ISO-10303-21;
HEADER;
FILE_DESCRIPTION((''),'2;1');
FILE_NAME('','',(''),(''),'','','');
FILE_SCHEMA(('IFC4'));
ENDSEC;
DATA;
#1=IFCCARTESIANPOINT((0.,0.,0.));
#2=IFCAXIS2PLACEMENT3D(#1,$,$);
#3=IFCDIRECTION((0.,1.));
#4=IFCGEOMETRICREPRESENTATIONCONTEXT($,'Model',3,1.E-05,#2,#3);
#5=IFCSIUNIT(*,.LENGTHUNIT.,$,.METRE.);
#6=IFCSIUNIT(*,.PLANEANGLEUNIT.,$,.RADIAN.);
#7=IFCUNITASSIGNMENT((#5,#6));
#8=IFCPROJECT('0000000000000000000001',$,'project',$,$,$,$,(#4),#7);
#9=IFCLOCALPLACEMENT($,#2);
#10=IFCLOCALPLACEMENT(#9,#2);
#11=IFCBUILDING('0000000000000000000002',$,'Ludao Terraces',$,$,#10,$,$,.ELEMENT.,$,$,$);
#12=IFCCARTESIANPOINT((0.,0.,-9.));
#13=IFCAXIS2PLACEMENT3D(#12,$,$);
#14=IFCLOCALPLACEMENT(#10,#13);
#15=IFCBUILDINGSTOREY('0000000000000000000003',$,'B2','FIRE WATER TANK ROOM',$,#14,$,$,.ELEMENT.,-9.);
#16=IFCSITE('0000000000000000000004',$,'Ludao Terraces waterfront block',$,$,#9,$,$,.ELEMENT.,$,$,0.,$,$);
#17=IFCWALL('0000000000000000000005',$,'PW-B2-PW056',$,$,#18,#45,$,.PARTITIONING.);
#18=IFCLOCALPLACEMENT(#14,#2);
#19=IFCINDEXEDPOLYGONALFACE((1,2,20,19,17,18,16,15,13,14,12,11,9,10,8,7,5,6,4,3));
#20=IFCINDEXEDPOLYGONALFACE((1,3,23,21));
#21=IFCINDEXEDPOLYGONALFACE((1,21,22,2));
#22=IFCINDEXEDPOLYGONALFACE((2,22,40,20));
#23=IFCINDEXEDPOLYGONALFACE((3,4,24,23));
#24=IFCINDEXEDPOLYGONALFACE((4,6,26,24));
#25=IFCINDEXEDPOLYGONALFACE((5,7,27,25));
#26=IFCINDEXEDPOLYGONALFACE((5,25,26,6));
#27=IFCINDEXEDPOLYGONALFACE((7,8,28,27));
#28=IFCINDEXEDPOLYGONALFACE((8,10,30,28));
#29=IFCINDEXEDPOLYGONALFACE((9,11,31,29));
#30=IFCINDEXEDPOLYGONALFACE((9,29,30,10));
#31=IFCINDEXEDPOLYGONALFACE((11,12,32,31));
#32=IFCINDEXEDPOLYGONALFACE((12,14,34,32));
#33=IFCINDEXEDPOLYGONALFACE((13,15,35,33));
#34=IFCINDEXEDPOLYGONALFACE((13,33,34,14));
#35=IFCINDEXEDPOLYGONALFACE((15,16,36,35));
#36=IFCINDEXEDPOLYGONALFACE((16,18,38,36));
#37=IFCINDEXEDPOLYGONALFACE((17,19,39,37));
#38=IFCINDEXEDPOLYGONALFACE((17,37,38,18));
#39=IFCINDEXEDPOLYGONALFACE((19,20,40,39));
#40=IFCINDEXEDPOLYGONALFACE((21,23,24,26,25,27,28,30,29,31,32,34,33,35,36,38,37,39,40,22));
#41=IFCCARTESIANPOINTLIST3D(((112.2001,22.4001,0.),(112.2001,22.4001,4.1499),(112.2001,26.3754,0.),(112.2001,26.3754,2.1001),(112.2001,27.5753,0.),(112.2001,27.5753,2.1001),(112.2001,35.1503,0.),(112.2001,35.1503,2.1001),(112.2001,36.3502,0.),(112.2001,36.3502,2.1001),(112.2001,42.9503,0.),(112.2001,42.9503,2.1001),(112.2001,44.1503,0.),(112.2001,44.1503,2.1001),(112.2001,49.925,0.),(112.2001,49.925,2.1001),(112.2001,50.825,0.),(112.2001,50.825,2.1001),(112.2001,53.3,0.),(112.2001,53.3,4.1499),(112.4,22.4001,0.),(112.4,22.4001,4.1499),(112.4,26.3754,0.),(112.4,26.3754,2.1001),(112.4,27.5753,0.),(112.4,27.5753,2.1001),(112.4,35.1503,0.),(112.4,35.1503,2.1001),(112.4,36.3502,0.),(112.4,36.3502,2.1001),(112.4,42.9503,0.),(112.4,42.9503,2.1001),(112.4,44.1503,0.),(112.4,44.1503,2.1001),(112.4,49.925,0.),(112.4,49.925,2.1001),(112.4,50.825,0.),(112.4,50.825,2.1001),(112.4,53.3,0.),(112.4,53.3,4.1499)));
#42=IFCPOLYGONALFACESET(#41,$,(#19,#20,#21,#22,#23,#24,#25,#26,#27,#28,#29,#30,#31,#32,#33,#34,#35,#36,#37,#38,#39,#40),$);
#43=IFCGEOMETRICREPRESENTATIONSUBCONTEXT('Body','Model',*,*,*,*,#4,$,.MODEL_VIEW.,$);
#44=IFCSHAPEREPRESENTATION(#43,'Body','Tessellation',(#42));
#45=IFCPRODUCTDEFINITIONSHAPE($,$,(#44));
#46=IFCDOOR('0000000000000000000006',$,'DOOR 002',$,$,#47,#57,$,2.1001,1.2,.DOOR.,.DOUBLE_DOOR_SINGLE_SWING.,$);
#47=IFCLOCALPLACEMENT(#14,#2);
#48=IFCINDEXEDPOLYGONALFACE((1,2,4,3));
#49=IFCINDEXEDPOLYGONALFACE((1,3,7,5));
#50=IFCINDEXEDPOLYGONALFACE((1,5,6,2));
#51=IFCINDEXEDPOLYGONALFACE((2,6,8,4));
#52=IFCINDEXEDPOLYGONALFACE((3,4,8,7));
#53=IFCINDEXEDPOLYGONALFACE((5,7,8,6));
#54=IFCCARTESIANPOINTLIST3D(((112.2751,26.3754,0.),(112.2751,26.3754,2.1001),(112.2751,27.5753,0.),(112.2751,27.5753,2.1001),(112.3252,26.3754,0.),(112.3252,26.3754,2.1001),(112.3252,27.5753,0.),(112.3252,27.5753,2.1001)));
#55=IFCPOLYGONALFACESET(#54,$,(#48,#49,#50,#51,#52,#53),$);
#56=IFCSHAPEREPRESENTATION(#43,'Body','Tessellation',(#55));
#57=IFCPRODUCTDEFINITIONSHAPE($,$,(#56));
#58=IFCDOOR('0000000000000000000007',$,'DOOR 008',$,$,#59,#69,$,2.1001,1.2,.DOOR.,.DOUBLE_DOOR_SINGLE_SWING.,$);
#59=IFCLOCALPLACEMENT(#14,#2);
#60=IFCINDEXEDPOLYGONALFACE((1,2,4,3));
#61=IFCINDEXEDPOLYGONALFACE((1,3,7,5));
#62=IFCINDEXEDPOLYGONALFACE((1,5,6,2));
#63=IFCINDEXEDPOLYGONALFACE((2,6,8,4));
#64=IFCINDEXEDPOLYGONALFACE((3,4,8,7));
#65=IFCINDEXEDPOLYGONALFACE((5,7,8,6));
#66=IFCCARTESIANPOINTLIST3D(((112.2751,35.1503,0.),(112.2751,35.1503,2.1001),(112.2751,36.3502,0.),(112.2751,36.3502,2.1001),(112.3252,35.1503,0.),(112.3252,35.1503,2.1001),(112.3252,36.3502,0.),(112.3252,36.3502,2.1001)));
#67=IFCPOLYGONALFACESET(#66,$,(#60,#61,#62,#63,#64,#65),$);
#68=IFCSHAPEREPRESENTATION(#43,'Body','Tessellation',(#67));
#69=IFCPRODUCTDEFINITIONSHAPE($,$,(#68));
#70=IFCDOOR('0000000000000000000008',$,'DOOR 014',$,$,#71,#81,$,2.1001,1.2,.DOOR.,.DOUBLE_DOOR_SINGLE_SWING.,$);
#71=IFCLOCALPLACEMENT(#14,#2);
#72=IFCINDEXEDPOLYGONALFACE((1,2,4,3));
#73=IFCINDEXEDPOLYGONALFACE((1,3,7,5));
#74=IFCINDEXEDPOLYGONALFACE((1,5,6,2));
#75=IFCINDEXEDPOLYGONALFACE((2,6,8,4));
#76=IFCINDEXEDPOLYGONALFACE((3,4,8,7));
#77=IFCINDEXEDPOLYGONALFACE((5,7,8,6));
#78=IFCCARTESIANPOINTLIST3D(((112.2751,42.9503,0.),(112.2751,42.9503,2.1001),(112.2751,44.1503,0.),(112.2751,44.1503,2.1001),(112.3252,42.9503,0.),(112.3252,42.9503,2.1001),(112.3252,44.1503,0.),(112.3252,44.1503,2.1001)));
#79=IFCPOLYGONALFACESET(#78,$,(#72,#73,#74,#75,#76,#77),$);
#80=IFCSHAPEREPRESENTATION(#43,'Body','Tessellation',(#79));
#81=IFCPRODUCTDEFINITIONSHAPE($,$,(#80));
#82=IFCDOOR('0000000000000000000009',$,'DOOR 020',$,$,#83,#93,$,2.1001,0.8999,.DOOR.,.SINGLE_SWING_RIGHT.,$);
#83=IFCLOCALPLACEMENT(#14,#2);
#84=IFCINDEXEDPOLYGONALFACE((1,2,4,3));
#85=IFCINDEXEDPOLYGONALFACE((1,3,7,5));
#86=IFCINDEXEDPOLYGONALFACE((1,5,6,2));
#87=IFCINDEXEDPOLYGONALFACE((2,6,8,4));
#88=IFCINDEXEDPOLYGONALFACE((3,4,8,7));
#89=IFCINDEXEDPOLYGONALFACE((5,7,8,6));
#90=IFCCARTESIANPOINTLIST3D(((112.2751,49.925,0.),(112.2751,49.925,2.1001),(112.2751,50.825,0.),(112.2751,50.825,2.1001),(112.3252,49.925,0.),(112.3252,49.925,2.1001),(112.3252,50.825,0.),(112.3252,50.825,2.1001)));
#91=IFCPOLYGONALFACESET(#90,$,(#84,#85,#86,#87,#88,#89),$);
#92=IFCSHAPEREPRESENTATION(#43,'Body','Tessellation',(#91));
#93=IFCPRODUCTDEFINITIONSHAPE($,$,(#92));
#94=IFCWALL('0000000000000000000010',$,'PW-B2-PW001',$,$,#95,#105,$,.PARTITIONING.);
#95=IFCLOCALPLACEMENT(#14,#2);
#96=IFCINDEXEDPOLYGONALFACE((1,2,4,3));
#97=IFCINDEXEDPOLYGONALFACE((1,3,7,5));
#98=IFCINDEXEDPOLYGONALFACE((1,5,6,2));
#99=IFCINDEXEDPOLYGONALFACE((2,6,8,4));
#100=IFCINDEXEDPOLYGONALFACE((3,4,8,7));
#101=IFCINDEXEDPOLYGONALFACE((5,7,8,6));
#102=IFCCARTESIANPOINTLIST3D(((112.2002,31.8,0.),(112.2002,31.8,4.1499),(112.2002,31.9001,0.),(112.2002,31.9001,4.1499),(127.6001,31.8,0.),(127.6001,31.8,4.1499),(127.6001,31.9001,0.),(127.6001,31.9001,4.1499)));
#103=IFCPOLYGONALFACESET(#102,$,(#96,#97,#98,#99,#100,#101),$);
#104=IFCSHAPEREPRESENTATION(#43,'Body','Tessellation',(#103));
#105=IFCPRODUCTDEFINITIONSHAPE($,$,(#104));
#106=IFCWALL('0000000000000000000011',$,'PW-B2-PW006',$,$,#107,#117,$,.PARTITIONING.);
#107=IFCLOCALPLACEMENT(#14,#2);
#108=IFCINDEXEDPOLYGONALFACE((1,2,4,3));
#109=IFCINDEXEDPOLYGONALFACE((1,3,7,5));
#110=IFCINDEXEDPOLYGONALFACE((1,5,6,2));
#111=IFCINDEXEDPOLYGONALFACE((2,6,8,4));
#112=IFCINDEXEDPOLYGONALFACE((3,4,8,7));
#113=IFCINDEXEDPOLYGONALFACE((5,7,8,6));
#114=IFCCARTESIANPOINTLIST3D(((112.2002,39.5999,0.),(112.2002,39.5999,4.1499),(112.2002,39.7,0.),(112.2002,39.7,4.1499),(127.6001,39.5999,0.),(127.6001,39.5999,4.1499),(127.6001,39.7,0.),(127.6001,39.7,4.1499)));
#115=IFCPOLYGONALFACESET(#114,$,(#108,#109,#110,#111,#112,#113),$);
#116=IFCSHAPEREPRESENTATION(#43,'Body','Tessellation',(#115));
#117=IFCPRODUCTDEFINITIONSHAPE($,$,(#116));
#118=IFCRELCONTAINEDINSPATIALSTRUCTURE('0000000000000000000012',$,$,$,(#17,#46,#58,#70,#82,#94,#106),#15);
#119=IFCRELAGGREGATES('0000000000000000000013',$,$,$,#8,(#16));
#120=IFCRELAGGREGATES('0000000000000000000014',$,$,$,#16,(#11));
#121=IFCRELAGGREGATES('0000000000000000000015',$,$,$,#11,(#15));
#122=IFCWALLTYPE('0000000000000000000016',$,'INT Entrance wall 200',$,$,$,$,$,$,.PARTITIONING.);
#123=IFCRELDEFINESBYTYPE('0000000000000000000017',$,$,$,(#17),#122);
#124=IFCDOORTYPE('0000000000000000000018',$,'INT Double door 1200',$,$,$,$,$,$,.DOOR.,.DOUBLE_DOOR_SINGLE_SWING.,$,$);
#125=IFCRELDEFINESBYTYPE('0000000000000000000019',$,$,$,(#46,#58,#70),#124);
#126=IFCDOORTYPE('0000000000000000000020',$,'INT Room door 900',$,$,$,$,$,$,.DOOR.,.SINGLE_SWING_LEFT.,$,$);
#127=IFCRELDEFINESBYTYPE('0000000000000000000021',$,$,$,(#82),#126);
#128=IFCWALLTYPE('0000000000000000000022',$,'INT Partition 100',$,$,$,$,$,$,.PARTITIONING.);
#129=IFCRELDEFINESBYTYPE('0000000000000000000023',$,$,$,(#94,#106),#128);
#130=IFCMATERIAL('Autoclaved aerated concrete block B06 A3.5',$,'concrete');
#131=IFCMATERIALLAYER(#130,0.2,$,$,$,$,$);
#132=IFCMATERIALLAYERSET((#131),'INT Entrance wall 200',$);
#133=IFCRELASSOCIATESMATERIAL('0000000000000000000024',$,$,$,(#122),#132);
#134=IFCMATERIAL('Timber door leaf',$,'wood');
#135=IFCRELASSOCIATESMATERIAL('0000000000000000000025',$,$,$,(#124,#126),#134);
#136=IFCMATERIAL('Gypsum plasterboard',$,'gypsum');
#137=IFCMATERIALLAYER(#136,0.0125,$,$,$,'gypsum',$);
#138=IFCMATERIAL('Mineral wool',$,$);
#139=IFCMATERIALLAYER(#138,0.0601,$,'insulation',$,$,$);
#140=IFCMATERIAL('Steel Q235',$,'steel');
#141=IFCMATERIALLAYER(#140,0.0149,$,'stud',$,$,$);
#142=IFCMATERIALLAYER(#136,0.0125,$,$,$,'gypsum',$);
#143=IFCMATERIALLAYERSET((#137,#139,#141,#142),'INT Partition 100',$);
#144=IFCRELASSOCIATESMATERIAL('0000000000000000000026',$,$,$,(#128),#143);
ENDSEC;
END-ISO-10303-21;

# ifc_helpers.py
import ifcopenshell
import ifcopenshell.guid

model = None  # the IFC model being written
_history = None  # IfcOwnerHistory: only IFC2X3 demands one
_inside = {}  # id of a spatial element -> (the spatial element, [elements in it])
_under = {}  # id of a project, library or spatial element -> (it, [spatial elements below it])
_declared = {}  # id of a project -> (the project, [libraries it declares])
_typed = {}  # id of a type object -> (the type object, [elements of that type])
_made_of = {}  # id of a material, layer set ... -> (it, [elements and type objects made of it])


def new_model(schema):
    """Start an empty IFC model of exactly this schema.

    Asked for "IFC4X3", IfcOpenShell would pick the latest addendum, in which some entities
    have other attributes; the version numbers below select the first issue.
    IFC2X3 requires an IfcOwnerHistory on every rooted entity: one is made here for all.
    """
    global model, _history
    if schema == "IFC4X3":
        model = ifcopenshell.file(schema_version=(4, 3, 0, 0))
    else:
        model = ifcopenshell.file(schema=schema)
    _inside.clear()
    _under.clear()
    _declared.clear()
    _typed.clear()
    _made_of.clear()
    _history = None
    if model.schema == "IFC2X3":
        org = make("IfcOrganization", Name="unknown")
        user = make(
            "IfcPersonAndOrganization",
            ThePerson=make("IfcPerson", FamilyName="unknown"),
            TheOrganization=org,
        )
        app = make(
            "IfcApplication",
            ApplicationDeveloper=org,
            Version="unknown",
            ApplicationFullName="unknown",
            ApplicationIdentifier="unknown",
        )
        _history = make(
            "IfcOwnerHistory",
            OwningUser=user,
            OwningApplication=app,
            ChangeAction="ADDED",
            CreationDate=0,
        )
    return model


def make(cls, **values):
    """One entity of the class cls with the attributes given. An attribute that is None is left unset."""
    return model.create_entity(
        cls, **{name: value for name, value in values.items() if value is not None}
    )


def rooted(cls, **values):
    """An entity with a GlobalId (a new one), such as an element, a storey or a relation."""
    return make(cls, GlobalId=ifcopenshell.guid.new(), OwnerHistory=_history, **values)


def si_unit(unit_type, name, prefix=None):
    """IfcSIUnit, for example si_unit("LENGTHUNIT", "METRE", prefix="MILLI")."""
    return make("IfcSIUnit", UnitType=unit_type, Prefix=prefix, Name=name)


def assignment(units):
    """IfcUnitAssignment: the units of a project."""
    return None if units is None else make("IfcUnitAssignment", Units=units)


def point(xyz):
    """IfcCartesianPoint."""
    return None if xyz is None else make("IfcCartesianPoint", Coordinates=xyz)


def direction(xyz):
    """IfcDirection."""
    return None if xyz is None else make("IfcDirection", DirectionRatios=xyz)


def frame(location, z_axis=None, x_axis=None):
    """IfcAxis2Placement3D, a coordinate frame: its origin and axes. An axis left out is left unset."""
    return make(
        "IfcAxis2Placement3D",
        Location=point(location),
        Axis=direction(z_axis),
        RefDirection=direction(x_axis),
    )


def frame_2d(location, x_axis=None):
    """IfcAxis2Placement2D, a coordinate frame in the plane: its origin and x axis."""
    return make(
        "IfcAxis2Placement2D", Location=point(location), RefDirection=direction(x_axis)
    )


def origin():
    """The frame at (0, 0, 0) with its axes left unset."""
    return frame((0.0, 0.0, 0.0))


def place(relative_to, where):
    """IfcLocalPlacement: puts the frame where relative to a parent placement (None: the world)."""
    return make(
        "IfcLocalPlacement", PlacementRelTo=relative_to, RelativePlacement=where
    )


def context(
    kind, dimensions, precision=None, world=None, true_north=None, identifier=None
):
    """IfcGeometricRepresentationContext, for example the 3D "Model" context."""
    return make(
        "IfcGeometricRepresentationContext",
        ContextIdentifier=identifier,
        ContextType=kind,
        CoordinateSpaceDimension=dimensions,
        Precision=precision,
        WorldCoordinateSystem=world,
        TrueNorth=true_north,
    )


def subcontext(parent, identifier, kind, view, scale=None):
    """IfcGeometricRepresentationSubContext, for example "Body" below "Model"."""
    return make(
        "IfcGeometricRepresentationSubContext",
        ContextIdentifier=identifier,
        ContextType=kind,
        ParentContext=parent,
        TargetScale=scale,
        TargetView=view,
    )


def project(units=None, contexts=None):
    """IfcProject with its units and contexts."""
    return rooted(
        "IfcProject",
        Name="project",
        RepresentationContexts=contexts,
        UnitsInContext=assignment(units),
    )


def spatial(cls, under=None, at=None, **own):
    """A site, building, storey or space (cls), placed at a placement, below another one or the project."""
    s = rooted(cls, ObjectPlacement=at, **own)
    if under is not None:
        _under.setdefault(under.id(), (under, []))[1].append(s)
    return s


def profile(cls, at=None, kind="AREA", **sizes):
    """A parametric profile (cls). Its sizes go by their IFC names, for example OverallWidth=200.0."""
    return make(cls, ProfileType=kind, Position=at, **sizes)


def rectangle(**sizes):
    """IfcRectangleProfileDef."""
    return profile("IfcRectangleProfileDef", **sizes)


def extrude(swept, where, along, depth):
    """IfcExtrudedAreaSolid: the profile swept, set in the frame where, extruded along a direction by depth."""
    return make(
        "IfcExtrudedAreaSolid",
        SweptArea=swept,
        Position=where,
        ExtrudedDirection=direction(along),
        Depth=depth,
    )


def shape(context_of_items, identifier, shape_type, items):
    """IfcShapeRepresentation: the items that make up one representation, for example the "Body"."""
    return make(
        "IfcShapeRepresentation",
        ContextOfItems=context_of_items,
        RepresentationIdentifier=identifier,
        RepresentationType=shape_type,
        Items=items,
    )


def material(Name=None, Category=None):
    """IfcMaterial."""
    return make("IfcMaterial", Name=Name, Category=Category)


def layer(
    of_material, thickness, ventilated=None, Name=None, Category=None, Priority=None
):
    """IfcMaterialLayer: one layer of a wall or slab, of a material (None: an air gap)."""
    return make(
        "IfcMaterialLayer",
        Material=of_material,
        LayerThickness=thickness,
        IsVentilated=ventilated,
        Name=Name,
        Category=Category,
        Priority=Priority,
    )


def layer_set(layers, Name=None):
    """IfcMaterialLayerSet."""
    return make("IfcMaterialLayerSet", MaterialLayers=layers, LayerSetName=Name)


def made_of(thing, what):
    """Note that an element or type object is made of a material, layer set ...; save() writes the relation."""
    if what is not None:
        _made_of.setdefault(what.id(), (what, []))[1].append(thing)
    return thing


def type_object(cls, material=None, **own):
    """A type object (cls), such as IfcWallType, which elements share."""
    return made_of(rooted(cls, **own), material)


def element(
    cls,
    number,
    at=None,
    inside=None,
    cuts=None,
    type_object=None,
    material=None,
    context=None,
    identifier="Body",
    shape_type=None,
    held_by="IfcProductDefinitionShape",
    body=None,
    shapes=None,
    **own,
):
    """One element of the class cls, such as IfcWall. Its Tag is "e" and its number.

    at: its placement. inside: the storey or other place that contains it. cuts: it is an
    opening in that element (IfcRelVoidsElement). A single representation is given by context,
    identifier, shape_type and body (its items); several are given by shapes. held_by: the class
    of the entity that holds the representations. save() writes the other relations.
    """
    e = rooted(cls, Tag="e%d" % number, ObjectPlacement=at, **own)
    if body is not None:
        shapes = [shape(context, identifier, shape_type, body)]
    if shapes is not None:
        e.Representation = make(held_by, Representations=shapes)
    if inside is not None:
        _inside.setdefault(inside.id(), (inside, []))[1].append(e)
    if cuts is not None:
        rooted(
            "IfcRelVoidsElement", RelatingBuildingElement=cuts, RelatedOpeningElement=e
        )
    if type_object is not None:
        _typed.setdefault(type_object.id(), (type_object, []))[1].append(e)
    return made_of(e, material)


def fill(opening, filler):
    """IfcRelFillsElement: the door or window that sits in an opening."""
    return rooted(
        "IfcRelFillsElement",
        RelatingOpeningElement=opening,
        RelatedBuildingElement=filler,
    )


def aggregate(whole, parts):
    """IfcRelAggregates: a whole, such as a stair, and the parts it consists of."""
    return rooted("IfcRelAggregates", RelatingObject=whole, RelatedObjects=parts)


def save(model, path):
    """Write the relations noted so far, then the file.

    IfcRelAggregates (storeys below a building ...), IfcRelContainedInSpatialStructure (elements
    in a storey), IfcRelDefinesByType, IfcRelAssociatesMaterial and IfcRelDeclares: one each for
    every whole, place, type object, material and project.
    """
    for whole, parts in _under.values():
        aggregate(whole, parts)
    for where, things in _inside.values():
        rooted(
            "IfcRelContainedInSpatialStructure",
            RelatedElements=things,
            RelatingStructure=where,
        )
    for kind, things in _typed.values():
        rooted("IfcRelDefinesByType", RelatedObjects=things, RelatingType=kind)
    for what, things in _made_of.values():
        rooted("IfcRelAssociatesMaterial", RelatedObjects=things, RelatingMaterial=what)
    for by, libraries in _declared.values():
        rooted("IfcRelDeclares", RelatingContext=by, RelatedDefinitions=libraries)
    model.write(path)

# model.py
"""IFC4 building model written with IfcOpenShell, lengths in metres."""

from ifc_helpers import new_model, si_unit, direction, frame, frame_2d, origin, place, context, subcontext, project, spatial, rectangle, extrude, material, layer, layer_set, type_object, element, fill, save


model = new_model("IFC4")

# Units and contexts
model_context = context("Model", 3, precision=1e-05, world=origin(), true_north=direction((0.0, 1.0)))
body_context = subcontext(model_context, "Body", "Model", "MODEL_VIEW")
ifc_project = project(units=[si_unit("LENGTHUNIT", "METRE"), si_unit("PLANEANGLEUNIT", "RADIAN")], contexts=[model_context])

# Site, building, storey
site_placement = place(None, origin())
site = spatial("IfcSite", under=ifc_project, at=site_placement, Name="Ludao Terraces waterfront block", CompositionType="ELEMENT", RefElevation=0.0)
building_placement = place(site_placement, origin())
building = spatial("IfcBuilding", under=site, at=building_placement, Name="Ludao Terraces", CompositionType="ELEMENT")
storey_placement = place(building_placement, frame((0.0, 0.0, -9.0)))
storey = spatial("IfcBuildingStorey", under=building, at=storey_placement, Name="B2", Description="FIRE WATER TANK ROOM", CompositionType="ELEMENT", Elevation=-9.0)

# Wall, openings, doors
ifc_material_1 = material(Name="Autoclaved aerated concrete block B06 A3.5", Category="concrete")
ifc_layer_1 = layer(ifc_material_1, 0.2)
ifc_layer_set_1 = layer_set([ifc_layer_1], Name="INT Entrance wall 200")
wall_type_1 = type_object("IfcWallType", Name="INT Entrance wall 200", PredefinedType="PARTITIONING", material=ifc_layer_set_1)
ifc_material_2 = material(Name="Timber door leaf", Category="wood")
door_type_1 = type_object("IfcDoorType", Name="INT Double door 1200", OperationType="DOUBLE_DOOR_SINGLE_SWING", PredefinedType="DOOR", material=ifc_material_2)
door_type_2 = type_object("IfcDoorType", Name="INT Room door 900", OperationType="SINGLE_SWING_LEFT", PredefinedType="DOOR", material=ifc_material_2)
wall_1_placement = place(storey_placement, frame((112.3, 22.4001, 0.0), z_axis=(0.0, 0.0, 1.0), x_axis=(0.0, 1.0, 0.0)))
wall_1 = element("IfcWall", 1, at=wall_1_placement, inside=storey, type_object=wall_type_1, Name="PW-B2-PW056", PredefinedType="PARTITIONING", context=body_context, shape_type="SweptSolid", body=[
    extrude(rectangle(XDim=30.8999, YDim=0.2, at=frame_2d((15.45, 0.0))), origin(), (0.0, 0.0, 1.0), 4.1499),
])
opening_1_placement = place(wall_1_placement, frame((3.9751, 0.0, 0.0)))
opening_1 = element("IfcOpeningElement", 2, at=opening_1_placement, cuts=wall_1, PredefinedType="OPENING", context=body_context, shape_type="SweptSolid", body=[
    extrude(rectangle(XDim=1.2, YDim=2.1001, at=frame_2d((0.6001, 1.05))), frame((0.0, 0.1099, 0.0), z_axis=(0.0, -1.0, 0.0), x_axis=(1.0, 0.0, 0.0)), (0.0, 0.0, 1.0), 0.22),
])
opening_2_placement = place(wall_1_placement, frame((12.75, 0.0, 0.0)))
opening_2 = element("IfcOpeningElement", 3, at=opening_2_placement, cuts=wall_1, PredefinedType="OPENING", context=body_context, shape_type="SweptSolid", body=[
    extrude(rectangle(XDim=1.2, YDim=2.1001, at=frame_2d((0.6001, 1.05))), frame((0.0, 0.1099, 0.0), z_axis=(0.0, -1.0, 0.0), x_axis=(1.0, 0.0, 0.0)), (0.0, 0.0, 1.0), 0.22),
])
opening_3_placement = place(wall_1_placement, frame((20.55, 0.0, 0.0)))
opening_3 = element("IfcOpeningElement", 4, at=opening_3_placement, cuts=wall_1, PredefinedType="OPENING", context=body_context, shape_type="SweptSolid", body=[
    extrude(rectangle(XDim=1.2, YDim=2.1001, at=frame_2d((0.6001, 1.05))), frame((0.0, 0.1099, 0.0), z_axis=(0.0, -1.0, 0.0), x_axis=(1.0, 0.0, 0.0)), (0.0, 0.0, 1.0), 0.22),
])
opening_4_placement = place(wall_1_placement, frame((27.5249, 0.0, 0.0)))
opening_4 = element("IfcOpeningElement", 5, at=opening_4_placement, cuts=wall_1, PredefinedType="OPENING", context=body_context, shape_type="SweptSolid", body=[
    extrude(rectangle(XDim=0.8999, YDim=2.1001, at=frame_2d((0.45, 1.05))), frame((0.0, 0.1099, 0.0), z_axis=(0.0, -1.0, 0.0), x_axis=(1.0, 0.0, 0.0)), (0.0, 0.0, 1.0), 0.22),
])
door_1_placement = place(opening_1_placement, origin())
door_1 = element("IfcDoor", 6, at=door_1_placement, inside=storey, type_object=door_type_1, Name="DOOR 002", OperationType="DOUBLE_DOOR_SINGLE_SWING", OverallHeight=2.1001, OverallWidth=1.2, PredefinedType="DOOR", context=body_context, shape_type="SweptSolid", body=[
    extrude(rectangle(XDim=1.2, YDim=2.1001, at=frame_2d((0.6001, 1.05))), frame((0.0, 0.0249, 0.0), z_axis=(0.0, -1.0, 0.0), x_axis=(1.0, 0.0, 0.0)), (0.0, 0.0, 1.0), 0.05),
])
fill(opening_1, door_1)
door_2_placement = place(opening_2_placement, origin())
door_2 = element("IfcDoor", 7, at=door_2_placement, inside=storey, type_object=door_type_1, Name="DOOR 008", OperationType="DOUBLE_DOOR_SINGLE_SWING", OverallHeight=2.1001, OverallWidth=1.2, PredefinedType="DOOR", context=body_context, shape_type="SweptSolid", body=[
    extrude(rectangle(XDim=1.2, YDim=2.1001, at=frame_2d((0.6001, 1.05))), frame((0.0, 0.0249, 0.0), z_axis=(0.0, -1.0, 0.0), x_axis=(1.0, 0.0, 0.0)), (0.0, 0.0, 1.0), 0.05),
])
fill(opening_2, door_2)
door_3_placement = place(opening_3_placement, origin())
door_3 = element("IfcDoor", 8, at=door_3_placement, inside=storey, type_object=door_type_1, Name="DOOR 014", OperationType="DOUBLE_DOOR_SINGLE_SWING", OverallHeight=2.1001, OverallWidth=1.2, PredefinedType="DOOR", context=body_context, shape_type="SweptSolid", body=[
    extrude(rectangle(XDim=1.2, YDim=2.1001, at=frame_2d((0.6001, 1.05))), frame((0.0, 0.0249, 0.0), z_axis=(0.0, -1.0, 0.0), x_axis=(1.0, 0.0, 0.0)), (0.0, 0.0, 1.0), 0.05),
])
fill(opening_3, door_3)
door_4_placement = place(opening_4_placement, origin())
door_4 = element("IfcDoor", 9, at=door_4_placement, inside=storey, type_object=door_type_2, Name="DOOR 020", OperationType="SINGLE_SWING_RIGHT", OverallHeight=2.1001, OverallWidth=0.8999, PredefinedType="DOOR", context=body_context, shape_type="SweptSolid", body=[
    extrude(rectangle(XDim=0.8999, YDim=2.1001, at=frame_2d((0.45, 1.05))), frame((0.0, 0.0249, 0.0), z_axis=(0.0, -1.0, 0.0), x_axis=(1.0, 0.0, 0.0)), (0.0, 0.0, 1.0), 0.05),
])
fill(opening_4, door_4)

# Walls
ifc_material_3 = material(Name="Gypsum plasterboard", Category="gypsum")
ifc_layer_2 = layer(ifc_material_3, 0.0125, Category="gypsum")
ifc_material_4 = material(Name="Mineral wool")
ifc_layer_3 = layer(ifc_material_4, 0.0601, Name="insulation")
ifc_material_5 = material(Name="Steel Q235", Category="steel")
ifc_layer_4 = layer(ifc_material_5, 0.0149, Name="stud")
ifc_layer_5 = layer(ifc_material_3, 0.0125, Category="gypsum")
ifc_layer_set_2 = layer_set([ifc_layer_2, ifc_layer_3, ifc_layer_4, ifc_layer_5], Name="INT Partition 100")
wall_type_2 = type_object("IfcWallType", Name="INT Partition 100", PredefinedType="PARTITIONING", material=ifc_layer_set_2)
for number, where, z_axis, x_axis, name in (
    (10, (112.2002, 31.8501, 0.0), (0.0, 0.0, 1.0), (1.0, 0.0, 0.0), "PW-B2-PW001"),
    (11, (112.2002, 39.6499, 0.0), (0.0, 0.0, 1.0), (1.0, 0.0, 0.0), "PW-B2-PW006"),
):
    element("IfcWall", number, at=place(storey_placement, frame(where, z_axis=z_axis, x_axis=x_axis)), inside=storey, type_object=wall_type_2, Name=name, PredefinedType="PARTITIONING", context=body_context, shape_type="SweptSolid", body=[
        extrude(rectangle(XDim=15.3999, YDim=0.1001, at=frame_2d((7.7, 0.0))), origin(), (0.0, 0.0, 1.0), 4.1499),
    ])

save(model, "model.ifc")
